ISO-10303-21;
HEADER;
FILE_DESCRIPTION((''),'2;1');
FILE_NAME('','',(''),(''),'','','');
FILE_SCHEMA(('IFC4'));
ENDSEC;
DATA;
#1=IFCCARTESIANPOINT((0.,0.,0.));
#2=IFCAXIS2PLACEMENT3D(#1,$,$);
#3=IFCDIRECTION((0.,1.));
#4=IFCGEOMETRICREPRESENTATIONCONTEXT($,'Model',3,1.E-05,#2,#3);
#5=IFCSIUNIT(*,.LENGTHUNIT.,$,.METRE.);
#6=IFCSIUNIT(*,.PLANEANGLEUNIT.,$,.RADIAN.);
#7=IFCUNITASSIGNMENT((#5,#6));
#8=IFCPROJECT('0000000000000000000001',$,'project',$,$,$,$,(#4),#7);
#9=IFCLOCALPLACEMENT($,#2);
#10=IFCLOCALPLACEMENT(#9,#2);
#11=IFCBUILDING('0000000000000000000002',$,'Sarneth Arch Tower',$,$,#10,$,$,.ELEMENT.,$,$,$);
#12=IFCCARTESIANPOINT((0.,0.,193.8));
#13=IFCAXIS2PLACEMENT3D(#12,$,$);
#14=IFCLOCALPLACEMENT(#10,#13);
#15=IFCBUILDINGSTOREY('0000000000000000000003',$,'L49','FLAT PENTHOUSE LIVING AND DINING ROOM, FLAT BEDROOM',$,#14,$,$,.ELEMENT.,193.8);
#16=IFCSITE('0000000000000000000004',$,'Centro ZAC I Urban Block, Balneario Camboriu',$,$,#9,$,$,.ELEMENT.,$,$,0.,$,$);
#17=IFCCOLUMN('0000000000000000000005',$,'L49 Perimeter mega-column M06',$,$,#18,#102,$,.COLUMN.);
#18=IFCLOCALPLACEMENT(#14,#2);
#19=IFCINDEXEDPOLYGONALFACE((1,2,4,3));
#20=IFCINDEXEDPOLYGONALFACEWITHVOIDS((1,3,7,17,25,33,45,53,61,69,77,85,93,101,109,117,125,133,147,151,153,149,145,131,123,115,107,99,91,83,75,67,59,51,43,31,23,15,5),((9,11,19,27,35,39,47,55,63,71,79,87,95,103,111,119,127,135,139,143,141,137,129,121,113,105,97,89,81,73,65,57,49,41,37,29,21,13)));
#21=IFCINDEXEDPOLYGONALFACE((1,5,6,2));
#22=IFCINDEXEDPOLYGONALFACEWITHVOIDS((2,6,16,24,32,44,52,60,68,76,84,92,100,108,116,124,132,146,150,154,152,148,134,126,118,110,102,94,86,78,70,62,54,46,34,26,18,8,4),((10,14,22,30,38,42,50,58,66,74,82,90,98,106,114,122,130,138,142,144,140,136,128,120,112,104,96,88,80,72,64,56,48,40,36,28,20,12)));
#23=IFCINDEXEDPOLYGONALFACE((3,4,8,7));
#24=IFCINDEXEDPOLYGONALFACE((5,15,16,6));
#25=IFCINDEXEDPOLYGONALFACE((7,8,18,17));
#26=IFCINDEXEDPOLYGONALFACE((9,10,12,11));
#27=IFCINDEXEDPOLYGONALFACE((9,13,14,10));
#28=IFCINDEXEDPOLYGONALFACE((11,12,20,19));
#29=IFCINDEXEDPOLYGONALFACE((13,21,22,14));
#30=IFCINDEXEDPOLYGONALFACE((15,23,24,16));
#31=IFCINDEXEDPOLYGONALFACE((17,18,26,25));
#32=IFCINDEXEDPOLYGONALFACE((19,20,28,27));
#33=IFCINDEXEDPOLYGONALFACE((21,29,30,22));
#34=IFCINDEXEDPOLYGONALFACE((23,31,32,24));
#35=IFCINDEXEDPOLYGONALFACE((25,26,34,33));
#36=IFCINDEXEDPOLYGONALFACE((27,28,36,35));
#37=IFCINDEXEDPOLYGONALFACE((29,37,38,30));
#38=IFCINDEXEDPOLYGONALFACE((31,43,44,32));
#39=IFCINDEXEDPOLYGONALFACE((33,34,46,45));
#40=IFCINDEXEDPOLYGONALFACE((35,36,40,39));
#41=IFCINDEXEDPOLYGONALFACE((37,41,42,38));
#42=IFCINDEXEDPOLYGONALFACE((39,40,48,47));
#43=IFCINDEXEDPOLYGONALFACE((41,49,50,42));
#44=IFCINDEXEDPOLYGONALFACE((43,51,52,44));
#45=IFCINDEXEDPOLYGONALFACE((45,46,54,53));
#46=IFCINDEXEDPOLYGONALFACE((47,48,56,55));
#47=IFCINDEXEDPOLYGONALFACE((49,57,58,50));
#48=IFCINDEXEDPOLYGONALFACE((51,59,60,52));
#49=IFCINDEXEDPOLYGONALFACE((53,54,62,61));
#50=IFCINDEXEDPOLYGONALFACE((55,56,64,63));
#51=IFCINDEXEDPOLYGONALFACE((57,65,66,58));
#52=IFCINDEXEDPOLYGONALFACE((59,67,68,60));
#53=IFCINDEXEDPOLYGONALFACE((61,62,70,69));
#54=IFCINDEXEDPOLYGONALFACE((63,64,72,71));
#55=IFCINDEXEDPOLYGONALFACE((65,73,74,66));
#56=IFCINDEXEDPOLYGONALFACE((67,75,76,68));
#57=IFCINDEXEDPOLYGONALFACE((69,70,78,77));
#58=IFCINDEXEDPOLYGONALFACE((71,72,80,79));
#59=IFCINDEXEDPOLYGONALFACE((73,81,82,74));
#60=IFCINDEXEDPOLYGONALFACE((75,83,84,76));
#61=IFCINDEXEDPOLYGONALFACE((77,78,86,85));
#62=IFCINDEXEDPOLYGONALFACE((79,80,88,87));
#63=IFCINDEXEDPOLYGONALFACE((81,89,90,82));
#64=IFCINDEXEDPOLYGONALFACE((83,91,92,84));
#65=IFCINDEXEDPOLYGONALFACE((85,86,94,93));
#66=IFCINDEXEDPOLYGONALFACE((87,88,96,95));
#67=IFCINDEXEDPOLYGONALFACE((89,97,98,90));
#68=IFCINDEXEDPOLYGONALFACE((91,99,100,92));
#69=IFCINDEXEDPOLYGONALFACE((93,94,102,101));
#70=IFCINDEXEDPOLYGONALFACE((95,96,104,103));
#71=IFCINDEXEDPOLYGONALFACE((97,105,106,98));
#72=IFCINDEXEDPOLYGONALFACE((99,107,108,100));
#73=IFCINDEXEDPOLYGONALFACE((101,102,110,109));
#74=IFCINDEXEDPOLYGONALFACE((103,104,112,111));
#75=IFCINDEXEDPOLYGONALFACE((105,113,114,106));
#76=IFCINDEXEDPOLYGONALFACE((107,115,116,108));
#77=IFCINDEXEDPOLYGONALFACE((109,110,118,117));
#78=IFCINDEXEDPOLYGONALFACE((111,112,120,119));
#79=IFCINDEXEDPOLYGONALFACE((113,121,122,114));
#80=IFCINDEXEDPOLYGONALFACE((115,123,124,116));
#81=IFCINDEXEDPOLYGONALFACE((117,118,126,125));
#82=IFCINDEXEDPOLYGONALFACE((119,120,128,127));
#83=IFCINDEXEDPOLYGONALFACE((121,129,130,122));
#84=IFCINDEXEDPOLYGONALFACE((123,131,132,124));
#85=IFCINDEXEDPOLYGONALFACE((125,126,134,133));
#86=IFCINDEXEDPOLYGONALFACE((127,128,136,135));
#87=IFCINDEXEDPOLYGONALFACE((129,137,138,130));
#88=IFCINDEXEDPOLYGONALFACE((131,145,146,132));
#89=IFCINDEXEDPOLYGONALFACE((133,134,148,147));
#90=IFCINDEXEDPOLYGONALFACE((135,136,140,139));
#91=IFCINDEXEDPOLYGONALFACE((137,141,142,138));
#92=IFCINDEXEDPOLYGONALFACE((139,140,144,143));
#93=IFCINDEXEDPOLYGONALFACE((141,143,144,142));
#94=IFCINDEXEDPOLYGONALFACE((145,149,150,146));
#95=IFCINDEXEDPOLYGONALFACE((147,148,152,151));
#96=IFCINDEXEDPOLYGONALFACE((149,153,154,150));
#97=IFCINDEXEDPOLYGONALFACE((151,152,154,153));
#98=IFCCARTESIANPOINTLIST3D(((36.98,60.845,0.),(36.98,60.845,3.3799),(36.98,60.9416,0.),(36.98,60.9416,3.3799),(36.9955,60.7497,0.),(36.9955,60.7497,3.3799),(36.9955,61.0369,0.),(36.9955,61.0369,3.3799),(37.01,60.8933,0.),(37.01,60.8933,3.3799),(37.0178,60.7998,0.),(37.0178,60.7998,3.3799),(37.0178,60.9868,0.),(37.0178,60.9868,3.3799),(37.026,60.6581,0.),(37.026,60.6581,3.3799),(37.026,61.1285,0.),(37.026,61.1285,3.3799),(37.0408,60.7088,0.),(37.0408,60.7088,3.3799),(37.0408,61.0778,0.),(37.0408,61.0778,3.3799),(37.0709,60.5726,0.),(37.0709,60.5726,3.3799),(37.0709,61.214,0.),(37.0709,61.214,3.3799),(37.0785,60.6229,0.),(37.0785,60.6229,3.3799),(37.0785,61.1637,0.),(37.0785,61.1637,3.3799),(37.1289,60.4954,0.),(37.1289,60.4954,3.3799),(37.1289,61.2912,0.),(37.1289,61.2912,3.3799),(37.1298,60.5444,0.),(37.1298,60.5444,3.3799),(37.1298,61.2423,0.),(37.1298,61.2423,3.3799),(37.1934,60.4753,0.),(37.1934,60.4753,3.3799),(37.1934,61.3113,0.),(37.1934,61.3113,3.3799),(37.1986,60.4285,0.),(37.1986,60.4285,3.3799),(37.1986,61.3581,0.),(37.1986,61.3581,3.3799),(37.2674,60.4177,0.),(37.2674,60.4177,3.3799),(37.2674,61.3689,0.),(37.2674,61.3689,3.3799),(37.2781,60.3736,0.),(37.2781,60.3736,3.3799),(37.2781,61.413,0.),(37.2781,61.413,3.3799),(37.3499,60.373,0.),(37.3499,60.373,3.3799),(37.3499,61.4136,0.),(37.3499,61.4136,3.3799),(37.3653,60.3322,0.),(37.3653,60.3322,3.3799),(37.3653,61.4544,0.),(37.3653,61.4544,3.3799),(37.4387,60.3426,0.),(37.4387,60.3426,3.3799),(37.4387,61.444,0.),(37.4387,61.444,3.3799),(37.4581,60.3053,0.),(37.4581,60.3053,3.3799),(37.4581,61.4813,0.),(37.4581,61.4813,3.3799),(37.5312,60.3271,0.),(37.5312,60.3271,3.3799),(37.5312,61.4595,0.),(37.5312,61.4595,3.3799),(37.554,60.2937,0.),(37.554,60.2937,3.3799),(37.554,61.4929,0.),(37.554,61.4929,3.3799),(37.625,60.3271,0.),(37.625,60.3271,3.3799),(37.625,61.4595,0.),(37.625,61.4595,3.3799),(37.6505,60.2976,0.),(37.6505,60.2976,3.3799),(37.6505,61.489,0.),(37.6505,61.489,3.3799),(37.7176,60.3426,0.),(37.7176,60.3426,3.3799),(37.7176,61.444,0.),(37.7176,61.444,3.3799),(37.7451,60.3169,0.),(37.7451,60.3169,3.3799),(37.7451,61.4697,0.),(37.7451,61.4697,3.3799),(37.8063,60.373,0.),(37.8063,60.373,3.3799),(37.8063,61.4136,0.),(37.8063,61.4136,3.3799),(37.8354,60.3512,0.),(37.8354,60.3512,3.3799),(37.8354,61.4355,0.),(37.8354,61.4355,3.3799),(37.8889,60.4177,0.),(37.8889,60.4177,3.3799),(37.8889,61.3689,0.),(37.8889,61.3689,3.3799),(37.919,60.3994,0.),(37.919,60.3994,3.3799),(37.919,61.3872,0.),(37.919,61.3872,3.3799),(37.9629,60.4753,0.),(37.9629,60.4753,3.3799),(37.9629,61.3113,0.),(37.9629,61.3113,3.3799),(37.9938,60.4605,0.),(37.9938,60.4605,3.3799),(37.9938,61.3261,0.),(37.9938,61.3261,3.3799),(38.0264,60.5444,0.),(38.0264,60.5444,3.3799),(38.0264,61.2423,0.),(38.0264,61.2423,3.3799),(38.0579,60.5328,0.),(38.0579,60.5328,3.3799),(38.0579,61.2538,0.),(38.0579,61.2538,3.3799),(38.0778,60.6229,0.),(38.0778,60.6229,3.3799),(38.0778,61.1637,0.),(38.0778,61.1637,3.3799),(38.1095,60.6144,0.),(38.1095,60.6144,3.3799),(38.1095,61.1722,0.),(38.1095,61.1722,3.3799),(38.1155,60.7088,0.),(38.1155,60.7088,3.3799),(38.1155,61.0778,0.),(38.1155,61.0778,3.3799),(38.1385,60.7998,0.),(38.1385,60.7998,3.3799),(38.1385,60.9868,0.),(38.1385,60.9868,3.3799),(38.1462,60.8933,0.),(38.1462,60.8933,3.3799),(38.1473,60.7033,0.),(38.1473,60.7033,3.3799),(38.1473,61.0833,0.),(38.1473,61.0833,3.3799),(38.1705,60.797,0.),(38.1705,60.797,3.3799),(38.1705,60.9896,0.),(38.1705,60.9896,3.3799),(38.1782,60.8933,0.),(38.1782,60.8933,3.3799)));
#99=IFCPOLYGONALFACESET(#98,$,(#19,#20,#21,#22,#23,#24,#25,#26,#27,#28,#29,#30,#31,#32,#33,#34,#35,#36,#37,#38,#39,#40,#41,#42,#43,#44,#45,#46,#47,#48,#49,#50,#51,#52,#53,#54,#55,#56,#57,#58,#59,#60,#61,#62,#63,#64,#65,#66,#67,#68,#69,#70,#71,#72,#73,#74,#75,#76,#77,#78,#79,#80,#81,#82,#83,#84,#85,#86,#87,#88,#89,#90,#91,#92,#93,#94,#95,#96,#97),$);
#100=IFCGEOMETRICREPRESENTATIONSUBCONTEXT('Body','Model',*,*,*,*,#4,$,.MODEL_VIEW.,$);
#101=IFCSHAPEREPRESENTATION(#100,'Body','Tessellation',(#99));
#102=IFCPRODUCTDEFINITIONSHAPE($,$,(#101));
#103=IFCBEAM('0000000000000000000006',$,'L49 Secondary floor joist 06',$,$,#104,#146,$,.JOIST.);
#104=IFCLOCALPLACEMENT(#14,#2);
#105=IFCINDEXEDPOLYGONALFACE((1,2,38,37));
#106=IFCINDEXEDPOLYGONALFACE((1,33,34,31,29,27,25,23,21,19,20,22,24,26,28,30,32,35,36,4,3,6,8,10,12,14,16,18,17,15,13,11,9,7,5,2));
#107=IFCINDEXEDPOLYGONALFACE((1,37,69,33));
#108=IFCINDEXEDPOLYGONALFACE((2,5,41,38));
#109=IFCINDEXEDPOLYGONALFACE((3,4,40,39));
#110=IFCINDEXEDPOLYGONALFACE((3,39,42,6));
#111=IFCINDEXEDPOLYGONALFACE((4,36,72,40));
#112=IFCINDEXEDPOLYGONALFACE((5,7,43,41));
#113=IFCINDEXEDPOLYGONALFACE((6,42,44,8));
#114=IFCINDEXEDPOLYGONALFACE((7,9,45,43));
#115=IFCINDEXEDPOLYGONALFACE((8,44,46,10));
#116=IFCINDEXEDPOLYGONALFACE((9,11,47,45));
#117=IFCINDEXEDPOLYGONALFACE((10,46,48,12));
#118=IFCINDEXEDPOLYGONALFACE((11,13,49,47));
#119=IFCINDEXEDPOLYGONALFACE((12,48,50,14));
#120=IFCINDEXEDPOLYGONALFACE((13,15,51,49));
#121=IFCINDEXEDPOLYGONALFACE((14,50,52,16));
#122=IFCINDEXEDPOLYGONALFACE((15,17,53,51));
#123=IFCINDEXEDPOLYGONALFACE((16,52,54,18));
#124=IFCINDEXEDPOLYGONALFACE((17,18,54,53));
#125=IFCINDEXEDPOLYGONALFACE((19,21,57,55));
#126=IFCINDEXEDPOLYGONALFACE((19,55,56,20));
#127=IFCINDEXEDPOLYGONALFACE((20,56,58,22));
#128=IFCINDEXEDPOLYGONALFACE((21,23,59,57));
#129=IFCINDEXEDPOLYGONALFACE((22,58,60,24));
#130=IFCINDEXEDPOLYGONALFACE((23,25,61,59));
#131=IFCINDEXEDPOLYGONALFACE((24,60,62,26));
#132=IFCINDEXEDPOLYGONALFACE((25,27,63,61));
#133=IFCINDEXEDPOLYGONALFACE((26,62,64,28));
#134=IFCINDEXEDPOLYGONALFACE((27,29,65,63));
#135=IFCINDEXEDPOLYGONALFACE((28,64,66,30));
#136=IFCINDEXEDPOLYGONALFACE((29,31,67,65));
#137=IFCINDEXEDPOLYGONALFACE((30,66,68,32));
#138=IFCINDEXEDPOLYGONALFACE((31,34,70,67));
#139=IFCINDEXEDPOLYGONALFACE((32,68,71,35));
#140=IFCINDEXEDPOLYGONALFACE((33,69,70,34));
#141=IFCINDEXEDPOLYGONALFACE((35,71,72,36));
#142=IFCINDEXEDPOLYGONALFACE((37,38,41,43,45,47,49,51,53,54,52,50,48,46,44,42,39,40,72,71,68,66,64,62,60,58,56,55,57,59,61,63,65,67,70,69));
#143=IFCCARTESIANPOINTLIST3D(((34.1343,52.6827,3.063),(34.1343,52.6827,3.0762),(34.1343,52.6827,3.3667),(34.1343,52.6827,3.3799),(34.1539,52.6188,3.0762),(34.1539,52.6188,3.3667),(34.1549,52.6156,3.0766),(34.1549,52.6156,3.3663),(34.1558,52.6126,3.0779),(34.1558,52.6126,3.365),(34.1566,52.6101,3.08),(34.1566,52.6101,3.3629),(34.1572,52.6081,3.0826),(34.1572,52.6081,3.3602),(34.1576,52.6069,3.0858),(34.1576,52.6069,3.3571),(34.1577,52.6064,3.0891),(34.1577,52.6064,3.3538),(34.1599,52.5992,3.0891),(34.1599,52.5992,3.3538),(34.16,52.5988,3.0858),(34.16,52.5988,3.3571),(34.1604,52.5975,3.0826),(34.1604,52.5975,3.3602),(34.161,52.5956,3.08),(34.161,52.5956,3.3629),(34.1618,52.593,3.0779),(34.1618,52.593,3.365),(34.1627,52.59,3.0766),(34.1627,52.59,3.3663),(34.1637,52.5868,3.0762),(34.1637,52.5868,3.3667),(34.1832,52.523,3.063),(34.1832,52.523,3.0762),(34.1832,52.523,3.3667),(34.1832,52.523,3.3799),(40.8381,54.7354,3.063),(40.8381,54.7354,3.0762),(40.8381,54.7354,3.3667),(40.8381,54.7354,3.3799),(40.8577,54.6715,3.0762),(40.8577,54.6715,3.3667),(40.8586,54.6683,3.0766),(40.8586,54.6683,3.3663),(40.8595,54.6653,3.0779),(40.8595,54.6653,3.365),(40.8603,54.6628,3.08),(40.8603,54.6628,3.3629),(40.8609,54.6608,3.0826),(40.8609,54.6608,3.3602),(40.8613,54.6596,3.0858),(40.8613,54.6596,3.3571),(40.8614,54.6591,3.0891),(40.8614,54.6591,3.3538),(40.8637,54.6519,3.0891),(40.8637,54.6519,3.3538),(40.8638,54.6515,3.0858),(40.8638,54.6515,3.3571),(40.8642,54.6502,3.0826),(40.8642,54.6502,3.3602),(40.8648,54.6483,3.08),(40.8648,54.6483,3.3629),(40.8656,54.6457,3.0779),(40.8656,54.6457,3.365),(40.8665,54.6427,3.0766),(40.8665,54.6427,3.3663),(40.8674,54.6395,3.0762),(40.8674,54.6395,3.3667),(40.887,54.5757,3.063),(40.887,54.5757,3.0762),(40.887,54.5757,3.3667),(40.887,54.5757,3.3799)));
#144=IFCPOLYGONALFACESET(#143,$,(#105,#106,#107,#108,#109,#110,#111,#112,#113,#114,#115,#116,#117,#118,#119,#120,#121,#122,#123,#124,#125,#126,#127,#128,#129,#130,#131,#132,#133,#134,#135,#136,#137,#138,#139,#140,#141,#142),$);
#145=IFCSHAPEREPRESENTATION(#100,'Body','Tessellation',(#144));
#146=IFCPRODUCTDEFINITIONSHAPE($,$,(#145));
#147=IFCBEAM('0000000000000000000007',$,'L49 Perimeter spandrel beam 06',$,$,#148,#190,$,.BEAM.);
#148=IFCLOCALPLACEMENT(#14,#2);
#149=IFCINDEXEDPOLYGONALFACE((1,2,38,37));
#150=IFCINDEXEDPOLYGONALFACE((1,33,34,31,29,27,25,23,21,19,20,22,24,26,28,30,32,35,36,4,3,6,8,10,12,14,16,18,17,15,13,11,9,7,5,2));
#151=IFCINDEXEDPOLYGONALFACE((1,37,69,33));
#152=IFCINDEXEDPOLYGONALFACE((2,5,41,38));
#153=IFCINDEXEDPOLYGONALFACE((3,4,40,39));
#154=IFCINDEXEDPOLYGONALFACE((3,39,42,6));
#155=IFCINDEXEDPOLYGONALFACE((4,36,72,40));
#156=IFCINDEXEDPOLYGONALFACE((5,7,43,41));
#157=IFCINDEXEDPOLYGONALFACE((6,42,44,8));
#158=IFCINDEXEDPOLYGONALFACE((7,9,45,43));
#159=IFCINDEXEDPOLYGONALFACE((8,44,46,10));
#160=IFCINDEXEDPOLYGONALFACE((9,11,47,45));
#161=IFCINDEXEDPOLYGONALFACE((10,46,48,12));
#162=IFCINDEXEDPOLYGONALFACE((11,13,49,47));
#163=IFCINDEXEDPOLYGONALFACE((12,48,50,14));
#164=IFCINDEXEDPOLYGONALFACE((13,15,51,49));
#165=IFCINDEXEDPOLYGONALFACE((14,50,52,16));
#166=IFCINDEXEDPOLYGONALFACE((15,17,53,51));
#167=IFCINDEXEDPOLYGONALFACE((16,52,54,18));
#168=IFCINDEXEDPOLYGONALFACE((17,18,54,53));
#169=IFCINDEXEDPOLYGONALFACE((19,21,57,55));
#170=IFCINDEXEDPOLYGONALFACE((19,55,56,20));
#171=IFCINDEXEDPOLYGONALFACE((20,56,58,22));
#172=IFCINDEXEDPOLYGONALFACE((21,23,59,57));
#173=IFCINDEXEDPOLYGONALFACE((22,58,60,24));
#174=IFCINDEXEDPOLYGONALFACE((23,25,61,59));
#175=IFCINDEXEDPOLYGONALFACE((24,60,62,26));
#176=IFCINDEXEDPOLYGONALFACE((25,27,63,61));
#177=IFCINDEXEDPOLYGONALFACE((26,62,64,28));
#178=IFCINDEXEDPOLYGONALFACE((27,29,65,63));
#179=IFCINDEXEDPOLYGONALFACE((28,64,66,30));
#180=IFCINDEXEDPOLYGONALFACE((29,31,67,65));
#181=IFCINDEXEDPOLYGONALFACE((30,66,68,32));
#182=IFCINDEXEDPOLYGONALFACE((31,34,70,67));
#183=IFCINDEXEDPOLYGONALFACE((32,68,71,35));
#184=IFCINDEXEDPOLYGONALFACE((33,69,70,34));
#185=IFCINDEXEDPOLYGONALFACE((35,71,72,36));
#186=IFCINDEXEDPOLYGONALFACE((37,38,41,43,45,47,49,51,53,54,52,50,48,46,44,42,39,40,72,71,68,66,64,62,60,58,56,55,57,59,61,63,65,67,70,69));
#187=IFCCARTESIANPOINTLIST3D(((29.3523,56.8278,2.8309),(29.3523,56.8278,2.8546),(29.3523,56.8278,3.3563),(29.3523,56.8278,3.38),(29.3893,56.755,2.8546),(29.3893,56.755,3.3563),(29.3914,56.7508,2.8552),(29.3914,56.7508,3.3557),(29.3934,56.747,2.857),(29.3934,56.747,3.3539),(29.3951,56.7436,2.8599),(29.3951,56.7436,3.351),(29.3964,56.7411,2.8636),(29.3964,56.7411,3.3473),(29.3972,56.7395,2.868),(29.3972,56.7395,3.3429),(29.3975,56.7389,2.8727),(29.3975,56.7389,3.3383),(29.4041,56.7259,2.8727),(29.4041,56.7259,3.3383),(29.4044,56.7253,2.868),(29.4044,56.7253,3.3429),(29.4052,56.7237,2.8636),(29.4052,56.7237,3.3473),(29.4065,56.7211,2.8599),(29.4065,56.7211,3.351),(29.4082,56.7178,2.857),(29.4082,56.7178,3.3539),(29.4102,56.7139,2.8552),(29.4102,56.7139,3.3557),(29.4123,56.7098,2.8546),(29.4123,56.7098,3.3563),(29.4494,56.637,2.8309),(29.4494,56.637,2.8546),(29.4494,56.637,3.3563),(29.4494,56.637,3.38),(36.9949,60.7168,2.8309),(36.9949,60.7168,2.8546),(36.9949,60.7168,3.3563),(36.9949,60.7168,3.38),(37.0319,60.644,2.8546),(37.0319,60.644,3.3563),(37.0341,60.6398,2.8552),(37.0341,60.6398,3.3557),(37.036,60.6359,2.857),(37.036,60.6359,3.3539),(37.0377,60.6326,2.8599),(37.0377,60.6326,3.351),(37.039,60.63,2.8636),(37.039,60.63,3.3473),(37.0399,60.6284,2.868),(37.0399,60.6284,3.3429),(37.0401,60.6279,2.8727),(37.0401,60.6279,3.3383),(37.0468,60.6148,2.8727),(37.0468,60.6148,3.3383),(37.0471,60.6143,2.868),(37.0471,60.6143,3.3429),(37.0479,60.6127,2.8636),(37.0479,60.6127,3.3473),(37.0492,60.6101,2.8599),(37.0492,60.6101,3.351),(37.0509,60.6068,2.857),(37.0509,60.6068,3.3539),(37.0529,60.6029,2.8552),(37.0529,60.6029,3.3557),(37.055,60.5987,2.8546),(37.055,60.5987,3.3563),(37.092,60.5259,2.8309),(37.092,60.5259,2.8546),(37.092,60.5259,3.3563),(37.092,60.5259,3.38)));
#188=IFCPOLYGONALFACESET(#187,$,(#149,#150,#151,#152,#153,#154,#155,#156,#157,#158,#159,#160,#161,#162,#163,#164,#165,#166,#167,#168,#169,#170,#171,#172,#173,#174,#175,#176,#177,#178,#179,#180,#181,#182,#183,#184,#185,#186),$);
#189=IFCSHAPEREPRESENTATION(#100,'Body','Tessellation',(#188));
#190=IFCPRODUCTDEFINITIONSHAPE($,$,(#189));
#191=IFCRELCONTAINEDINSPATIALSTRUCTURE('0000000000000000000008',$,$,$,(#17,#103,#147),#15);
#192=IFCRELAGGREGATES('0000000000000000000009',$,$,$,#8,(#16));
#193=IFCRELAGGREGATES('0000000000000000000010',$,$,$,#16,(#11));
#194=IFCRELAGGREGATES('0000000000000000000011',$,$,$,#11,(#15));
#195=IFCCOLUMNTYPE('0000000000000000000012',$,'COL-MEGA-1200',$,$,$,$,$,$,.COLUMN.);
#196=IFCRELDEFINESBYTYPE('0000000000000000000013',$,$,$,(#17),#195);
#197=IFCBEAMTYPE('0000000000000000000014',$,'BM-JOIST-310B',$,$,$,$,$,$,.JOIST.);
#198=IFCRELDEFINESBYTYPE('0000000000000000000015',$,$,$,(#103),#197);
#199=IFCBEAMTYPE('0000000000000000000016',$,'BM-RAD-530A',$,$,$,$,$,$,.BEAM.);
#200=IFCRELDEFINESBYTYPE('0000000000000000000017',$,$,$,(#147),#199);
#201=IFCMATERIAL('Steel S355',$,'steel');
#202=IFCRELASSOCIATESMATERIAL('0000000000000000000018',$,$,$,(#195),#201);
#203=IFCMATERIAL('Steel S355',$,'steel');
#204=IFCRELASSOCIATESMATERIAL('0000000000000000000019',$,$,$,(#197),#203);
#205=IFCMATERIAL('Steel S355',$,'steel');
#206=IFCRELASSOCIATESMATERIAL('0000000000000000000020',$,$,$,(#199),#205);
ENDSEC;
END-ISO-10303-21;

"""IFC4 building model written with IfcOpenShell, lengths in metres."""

from ifc_helpers import new_model, si_unit, direction, frame, origin, origin_2d, place, context, subcontext, project, spatial, hollow_circle, i_section, extrude, material, material_profile, profile_set, type_object, element, save


model = new_model("IFC4")

# Units and contexts
model_context = context("Model", 3, precision=1e-05, world=origin(), true_north=direction((0.0, 1.0)))
body_context = subcontext(model_context, "Body", "Model", "MODEL_VIEW")
ifc_project = project(units=[si_unit("LENGTHUNIT", "METRE"), si_unit("PLANEANGLEUNIT", "RADIAN")], contexts=[model_context])

# Site, building, storey
site_placement = place(None, origin())
site = spatial("IfcSite", under=ifc_project, at=site_placement, Name="Centro ZAC I Urban Block, Balneario Camboriu", CompositionType="ELEMENT", RefElevation=0.0)
building_placement = place(site_placement, origin())
building = spatial("IfcBuilding", under=site, at=building_placement, Name="Sarneth Arch Tower", CompositionType="ELEMENT")
storey_placement = place(building_placement, frame((0.0, 0.0, 193.8)))
storey = spatial("IfcBuildingStorey", under=building, at=storey_placement, Name="L49", Description="FLAT PENTHOUSE LIVING AND DINING ROOM, FLAT BEDROOM", CompositionType="ELEMENT", Elevation=193.8)

# Column
ifc_material_1 = material(Name="Steel S355", Category="steel")
ifc_material_profile_1 = material_profile(ifc_material_1, hollow_circle(Radius=0.6001, WallThickness=0.032, at=origin_2d()), Name="CHS1200x32")
ifc_profile_set_1 = profile_set([ifc_material_profile_1], Name="Steel S355")
column_type = type_object("IfcColumnType", Name="COL-MEGA-1200", PredefinedType="COLUMN", material=ifc_profile_set_1)
column_placement = place(storey_placement, frame((37.5781, 60.8933, 0.0), z_axis=(0.0, 0.0, 1.0), x_axis=(1.0, 0.0, 0.0)))
element("IfcColumn", 1, at=column_placement, inside=storey, type_object=column_type, Name="L49 Perimeter mega-column M06", PredefinedType="COLUMN", context=body_context, shape_type="SweptSolid", body=[
    extrude(hollow_circle(Radius=0.6001, WallThickness=0.032, at=origin_2d()), origin(), (0.0, 0.0, 1.0), 3.3799),
])

# Beams
ifc_material_2 = material(Name="Steel S355", Category="steel")
ifc_material_profile_2 = material_profile(ifc_material_2, i_section(OverallWidth=0.167, OverallDepth=0.3169, WebThickness=0.0076, FlangeThickness=0.0132, FilletRadius=0.0129, at=origin_2d()), Name="W310x52")
ifc_profile_set_2 = profile_set([ifc_material_profile_2], Name="Steel S355")
beam_type_1 = type_object("IfcBeamType", Name="BM-JOIST-310B", PredefinedType="JOIST", material=ifc_profile_set_2)
beam_1_placement = place(storey_placement, frame((40.8625, 54.6555, 3.2214), z_axis=(-0.956179, -0.292784, 0.0), x_axis=(0.292784, -0.956179, 0.0)))
element("IfcBeam", 2, at=beam_1_placement, inside=storey, type_object=beam_type_1, Name="L49 Secondary floor joist 06", PredefinedType="JOIST", context=body_context, shape_type="SweptSolid", body=[
    extrude(i_section(OverallWidth=0.167, OverallDepth=0.3169, WebThickness=0.0076, FlangeThickness=0.0132, FilletRadius=0.0129, at=origin_2d()), origin(), (0.0, 0.0, 1.0), 7.011),
])
ifc_material_3 = material(Name="Steel S355", Category="steel")
ifc_material_profile_3 = material_profile(ifc_material_3, i_section(OverallWidth=0.2141, OverallDepth=0.5491, WebThickness=0.0146, FlangeThickness=0.0237, FilletRadius=0.0181, at=origin_2d()), Name="W530x138")
ifc_profile_set_3 = profile_set([ifc_material_profile_3], Name="Steel S355")
beam_type_2 = type_object("IfcBeamType", Name="BM-RAD-530A", PredefinedType="BEAM", material=ifc_profile_set_3)
beam_2_placement = place(storey_placement, frame((37.0435, 60.6213, 3.1055), z_axis=(-0.89125, -0.453512, 0.0), x_axis=(0.453512, -0.89125, 0.0)))
element("IfcBeam", 3, at=beam_2_placement, inside=storey, type_object=beam_type_2, Name="L49 Perimeter spandrel beam 06", PredefinedType="BEAM", context=body_context, shape_type="SweptSolid", body=[
    extrude(i_section(OverallWidth=0.2141, OverallDepth=0.5491, WebThickness=0.0146, FlangeThickness=0.0237, FilletRadius=0.0181, at=origin_2d()), origin(), (0.0, 0.0, 1.0), 8.5752),
])

save(model, "model.ifc")
